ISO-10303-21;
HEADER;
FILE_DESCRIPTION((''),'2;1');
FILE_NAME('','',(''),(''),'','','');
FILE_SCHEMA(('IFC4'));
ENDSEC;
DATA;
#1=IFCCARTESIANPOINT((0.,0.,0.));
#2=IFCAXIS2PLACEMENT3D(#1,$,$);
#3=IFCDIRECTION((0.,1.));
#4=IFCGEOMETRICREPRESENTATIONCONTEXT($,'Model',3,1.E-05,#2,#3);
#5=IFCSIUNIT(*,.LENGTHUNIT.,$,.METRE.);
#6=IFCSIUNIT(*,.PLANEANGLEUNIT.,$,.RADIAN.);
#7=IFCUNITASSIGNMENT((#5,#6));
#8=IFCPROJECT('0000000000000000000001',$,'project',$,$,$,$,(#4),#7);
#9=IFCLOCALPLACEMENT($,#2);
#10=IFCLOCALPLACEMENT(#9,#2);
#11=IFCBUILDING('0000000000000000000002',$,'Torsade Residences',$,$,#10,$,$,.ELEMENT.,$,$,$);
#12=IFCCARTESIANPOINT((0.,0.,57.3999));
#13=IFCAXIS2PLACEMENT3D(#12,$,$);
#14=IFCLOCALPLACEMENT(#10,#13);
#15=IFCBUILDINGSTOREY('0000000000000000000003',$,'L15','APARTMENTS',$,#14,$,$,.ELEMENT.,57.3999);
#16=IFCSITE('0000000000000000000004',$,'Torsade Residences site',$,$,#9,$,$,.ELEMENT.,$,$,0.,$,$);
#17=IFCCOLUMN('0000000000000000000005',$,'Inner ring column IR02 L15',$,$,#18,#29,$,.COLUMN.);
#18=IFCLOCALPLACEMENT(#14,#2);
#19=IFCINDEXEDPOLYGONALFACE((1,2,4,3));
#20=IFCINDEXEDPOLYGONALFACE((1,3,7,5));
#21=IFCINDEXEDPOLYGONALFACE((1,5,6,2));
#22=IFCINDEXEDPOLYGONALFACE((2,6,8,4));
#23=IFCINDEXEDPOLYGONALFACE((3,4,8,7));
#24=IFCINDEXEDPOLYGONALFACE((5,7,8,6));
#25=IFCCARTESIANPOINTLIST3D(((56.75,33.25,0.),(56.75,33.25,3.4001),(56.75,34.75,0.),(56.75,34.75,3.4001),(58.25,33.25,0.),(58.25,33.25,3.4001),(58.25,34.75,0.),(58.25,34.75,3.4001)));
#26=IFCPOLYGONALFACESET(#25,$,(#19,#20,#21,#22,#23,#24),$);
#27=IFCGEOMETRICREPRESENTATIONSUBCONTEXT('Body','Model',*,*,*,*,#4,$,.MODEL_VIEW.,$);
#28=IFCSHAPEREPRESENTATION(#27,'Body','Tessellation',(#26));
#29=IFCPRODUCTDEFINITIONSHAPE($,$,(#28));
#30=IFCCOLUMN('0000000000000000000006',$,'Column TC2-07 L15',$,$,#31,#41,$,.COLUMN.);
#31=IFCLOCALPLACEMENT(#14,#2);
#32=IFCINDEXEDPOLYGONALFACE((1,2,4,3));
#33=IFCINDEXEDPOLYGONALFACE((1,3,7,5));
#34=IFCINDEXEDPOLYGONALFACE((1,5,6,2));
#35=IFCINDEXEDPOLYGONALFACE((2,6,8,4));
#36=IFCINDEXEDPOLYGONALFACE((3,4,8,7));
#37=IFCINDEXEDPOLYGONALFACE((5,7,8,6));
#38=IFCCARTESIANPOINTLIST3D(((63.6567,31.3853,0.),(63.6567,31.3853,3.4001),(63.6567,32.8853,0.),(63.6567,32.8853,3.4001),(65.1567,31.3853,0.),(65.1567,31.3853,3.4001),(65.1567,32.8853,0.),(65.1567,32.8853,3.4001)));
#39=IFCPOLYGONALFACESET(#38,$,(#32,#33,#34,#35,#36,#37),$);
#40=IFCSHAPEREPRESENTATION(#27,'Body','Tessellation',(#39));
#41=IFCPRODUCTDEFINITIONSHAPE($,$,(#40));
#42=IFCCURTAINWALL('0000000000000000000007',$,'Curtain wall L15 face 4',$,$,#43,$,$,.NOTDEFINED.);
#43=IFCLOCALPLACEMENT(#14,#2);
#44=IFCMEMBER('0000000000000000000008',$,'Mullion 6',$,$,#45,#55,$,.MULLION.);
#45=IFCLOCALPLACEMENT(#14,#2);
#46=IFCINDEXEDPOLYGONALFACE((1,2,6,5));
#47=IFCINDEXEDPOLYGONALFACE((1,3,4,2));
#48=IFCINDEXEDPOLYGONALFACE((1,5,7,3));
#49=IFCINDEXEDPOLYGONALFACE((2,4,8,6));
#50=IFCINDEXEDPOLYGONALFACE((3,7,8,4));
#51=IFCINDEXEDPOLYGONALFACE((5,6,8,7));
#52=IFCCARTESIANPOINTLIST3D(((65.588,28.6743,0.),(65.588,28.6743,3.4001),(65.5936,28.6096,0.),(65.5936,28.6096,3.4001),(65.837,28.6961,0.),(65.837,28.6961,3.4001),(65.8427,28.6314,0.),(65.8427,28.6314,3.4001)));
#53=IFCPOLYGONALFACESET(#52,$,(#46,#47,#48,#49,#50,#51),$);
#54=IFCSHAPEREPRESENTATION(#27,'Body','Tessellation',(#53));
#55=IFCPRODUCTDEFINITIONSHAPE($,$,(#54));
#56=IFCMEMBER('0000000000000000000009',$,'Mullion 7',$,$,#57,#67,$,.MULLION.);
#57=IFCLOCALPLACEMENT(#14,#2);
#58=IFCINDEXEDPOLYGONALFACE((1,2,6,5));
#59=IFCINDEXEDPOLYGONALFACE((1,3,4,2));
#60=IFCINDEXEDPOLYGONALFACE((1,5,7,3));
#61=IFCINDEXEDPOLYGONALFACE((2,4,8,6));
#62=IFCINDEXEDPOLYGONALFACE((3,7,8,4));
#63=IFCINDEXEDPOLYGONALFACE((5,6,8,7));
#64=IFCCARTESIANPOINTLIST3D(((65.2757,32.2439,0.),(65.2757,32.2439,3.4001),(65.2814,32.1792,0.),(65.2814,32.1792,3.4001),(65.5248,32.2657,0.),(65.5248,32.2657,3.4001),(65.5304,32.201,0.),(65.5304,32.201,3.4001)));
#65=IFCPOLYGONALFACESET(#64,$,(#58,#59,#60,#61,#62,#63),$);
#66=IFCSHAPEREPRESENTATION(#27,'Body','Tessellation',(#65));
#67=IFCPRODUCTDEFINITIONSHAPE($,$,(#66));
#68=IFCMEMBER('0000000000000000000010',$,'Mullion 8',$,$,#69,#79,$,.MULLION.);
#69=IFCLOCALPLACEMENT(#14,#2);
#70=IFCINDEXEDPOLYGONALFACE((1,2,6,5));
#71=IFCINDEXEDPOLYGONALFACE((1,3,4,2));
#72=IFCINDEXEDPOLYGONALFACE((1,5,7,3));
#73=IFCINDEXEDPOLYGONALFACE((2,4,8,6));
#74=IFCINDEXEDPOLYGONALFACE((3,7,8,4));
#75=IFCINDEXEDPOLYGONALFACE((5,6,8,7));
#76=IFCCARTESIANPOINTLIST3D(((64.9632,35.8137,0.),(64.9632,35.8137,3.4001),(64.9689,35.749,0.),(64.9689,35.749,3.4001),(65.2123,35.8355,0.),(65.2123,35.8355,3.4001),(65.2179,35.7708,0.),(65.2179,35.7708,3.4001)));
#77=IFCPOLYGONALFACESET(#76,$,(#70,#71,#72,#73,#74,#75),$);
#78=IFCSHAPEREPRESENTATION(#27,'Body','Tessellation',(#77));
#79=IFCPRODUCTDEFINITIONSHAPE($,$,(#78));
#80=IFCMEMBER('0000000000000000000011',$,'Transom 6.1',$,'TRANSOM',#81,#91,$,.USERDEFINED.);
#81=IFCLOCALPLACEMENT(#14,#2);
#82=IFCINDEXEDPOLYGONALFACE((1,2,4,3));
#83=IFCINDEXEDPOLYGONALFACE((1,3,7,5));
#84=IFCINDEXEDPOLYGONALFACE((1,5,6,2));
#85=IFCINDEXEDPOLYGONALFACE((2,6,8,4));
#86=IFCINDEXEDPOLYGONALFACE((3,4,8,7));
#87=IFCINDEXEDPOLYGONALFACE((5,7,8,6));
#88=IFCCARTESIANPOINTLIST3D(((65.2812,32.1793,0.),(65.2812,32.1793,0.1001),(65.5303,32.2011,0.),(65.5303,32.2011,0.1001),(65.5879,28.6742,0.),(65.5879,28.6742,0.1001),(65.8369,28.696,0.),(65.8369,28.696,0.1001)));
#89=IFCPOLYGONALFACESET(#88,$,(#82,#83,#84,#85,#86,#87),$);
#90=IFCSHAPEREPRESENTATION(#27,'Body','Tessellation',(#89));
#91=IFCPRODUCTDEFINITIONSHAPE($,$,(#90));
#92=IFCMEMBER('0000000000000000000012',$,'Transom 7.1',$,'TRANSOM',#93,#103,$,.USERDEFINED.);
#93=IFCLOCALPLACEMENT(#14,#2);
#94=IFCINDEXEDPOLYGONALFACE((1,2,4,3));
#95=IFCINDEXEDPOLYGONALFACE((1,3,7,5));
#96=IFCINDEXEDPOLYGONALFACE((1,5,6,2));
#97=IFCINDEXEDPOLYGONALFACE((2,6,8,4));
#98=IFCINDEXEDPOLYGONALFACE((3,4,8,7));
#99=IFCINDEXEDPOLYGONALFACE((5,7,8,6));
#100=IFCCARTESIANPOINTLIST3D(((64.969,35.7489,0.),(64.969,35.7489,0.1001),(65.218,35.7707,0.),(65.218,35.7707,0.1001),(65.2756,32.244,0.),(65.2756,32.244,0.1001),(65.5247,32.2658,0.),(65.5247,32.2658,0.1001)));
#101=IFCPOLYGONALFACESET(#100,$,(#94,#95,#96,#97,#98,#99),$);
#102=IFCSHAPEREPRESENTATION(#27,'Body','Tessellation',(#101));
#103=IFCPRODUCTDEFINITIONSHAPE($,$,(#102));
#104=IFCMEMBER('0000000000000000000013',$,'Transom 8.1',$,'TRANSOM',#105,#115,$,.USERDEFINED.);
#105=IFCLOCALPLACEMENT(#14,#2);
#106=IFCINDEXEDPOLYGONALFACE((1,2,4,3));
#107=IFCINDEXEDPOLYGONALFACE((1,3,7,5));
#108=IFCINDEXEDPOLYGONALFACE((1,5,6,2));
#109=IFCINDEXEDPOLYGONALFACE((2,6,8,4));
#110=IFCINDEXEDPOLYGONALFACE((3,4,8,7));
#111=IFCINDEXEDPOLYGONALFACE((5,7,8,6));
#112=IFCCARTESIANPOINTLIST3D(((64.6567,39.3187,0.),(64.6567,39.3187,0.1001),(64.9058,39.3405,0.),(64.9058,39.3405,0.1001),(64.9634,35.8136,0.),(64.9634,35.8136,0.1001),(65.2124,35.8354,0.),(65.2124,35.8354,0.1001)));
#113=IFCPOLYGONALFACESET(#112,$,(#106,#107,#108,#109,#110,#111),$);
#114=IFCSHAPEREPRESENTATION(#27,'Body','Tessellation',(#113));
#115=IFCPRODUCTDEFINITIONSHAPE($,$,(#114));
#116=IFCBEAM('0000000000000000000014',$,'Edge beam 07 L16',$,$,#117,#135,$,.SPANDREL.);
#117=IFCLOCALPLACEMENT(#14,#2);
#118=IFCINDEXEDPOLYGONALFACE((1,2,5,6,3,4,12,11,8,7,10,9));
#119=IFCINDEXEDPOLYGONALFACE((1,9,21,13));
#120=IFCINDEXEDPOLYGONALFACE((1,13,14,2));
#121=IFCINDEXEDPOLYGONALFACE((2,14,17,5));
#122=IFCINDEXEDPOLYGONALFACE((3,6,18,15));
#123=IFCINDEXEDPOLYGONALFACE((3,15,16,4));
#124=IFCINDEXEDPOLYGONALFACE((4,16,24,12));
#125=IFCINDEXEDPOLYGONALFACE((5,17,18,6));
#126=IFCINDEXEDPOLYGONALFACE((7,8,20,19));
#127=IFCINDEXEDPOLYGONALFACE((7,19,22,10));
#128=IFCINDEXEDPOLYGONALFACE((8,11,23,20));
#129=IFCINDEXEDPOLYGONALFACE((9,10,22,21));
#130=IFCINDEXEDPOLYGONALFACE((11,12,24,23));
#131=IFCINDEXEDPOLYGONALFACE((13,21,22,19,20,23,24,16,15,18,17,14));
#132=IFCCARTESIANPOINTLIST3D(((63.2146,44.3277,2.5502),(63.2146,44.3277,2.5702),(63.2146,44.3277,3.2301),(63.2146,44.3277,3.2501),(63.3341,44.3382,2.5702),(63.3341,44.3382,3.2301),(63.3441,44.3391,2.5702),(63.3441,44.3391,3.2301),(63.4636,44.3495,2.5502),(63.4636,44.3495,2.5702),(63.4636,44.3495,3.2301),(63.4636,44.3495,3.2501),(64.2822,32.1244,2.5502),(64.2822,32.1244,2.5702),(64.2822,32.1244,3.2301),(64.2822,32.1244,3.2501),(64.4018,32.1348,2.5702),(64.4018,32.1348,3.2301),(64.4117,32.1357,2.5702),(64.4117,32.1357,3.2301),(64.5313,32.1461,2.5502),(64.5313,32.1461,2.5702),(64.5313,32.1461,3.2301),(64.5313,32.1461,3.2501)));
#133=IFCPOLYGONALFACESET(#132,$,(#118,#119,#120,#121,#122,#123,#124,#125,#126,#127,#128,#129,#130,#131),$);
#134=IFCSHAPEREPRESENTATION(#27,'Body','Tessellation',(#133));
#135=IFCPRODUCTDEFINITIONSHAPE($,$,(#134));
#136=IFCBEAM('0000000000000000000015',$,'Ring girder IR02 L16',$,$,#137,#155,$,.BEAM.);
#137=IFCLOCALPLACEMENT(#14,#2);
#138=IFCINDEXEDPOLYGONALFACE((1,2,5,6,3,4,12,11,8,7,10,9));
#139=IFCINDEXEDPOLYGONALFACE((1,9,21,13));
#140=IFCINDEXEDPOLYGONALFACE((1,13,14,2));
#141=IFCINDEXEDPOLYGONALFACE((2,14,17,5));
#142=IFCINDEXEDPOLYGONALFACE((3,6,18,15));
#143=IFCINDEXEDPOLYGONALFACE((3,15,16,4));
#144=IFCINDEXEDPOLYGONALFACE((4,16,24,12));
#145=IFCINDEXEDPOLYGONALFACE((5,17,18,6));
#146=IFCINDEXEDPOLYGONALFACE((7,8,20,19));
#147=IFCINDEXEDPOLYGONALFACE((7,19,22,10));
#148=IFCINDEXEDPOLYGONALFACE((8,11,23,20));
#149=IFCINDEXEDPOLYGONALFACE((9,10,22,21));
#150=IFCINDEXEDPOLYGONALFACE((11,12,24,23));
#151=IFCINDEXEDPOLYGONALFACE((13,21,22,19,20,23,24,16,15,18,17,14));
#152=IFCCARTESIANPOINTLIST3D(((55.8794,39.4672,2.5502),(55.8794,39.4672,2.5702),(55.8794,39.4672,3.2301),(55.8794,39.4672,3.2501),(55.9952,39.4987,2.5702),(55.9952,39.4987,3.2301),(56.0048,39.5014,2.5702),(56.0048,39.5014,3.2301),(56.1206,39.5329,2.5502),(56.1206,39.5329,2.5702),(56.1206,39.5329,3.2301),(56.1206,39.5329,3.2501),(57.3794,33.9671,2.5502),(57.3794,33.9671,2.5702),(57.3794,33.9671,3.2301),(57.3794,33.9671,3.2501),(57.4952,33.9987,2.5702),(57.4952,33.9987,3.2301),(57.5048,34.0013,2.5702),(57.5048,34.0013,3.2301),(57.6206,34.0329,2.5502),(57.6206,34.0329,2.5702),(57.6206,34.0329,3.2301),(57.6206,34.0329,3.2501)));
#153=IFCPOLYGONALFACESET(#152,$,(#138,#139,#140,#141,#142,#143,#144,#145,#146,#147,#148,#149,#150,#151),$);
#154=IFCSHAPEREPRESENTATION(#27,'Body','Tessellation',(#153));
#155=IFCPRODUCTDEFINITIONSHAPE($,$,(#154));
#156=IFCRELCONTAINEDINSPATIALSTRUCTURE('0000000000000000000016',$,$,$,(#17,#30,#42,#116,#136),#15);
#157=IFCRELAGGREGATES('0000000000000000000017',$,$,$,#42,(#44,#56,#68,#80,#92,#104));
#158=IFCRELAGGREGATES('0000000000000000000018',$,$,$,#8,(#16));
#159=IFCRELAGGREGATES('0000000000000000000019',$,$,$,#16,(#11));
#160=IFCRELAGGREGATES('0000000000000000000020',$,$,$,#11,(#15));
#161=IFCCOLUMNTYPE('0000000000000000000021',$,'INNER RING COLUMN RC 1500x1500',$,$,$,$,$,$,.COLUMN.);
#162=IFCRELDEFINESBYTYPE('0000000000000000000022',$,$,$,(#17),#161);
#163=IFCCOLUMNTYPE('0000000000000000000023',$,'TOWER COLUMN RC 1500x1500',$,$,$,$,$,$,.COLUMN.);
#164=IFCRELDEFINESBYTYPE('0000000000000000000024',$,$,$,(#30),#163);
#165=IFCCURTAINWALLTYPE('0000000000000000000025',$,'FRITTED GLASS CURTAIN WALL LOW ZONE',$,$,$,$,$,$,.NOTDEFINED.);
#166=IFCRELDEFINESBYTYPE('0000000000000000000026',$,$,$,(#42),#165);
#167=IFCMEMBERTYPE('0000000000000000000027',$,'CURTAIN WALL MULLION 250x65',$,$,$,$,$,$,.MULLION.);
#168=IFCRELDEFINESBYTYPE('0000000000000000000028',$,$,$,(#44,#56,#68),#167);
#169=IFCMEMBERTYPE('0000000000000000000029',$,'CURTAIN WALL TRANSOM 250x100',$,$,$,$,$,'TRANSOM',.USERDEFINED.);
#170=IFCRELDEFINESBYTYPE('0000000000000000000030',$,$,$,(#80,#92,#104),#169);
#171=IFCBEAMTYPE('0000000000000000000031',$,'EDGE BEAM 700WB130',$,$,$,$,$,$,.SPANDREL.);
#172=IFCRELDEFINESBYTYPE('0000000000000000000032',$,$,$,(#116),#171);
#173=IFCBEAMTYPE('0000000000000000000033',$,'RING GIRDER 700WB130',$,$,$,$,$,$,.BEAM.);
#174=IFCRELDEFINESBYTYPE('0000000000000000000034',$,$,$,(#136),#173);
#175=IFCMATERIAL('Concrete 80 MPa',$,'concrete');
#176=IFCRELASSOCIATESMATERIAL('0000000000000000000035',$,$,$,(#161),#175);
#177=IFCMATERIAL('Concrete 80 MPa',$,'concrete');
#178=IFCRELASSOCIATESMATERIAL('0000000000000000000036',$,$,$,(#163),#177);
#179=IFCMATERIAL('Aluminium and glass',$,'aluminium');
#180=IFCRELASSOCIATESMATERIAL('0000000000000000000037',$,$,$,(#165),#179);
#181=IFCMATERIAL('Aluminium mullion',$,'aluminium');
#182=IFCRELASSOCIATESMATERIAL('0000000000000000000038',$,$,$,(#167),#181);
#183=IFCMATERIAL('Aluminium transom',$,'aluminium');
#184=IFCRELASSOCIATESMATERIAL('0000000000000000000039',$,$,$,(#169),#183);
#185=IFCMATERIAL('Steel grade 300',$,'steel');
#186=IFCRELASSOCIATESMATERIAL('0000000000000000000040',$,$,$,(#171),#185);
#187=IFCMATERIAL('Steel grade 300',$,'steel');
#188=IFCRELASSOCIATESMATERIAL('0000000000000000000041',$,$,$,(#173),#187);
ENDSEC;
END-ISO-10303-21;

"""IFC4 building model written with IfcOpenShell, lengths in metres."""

from ifc_helpers import new_model, si_unit, direction, frame, origin, origin_2d, place, context, subcontext, project, spatial, rectangle, i_section, extrude, material, material_profile, profile_set, type_object, element, aggregate, save


model = new_model("IFC4")

# Units and contexts
model_context = context("Model", 3, precision=1e-05, world=origin(), true_north=direction((0.0, 1.0)))
body_context = subcontext(model_context, "Body", "Model", "MODEL_VIEW")
ifc_project = project(units=[si_unit("LENGTHUNIT", "METRE"), si_unit("PLANEANGLEUNIT", "RADIAN")], contexts=[model_context])

# Site, building, storey
site_placement = place(None, origin())
site = spatial("IfcSite", under=ifc_project, at=site_placement, Name="Torsade Residences site", CompositionType="ELEMENT", RefElevation=0.0)
building_placement = place(site_placement, origin())
building = spatial("IfcBuilding", under=site, at=building_placement, Name="Torsade Residences", CompositionType="ELEMENT")
storey_placement = place(building_placement, frame((0.0, 0.0, 57.3999)))
storey = spatial("IfcBuildingStorey", under=building, at=storey_placement, Name="L15", Description="APARTMENTS", CompositionType="ELEMENT", Elevation=57.3999)

# Columns
ifc_material_1 = material(Name="Concrete 80 MPa", Category="concrete")
ifc_material_profile_1 = material_profile(ifc_material_1, rectangle(XDim=1.5, YDim=1.5, at=origin_2d()), Name="RC 1500x1500")
ifc_profile_set_1 = profile_set([ifc_material_profile_1], Name="Concrete 80 MPa")
column_type_1 = type_object("IfcColumnType", Name="INNER RING COLUMN RC 1500x1500", PredefinedType="COLUMN", material=ifc_profile_set_1)
column_1_placement = place(storey_placement, frame((57.5, 34.0, 0.0), z_axis=(0.0, 0.0, 1.0), x_axis=(1.0, 0.0, 0.0)))
element("IfcColumn", 1, at=column_1_placement, inside=storey, type_object=column_type_1, Name="Inner ring column IR02 L15", PredefinedType="COLUMN", context=body_context, shape_type="SweptSolid", body=[
    extrude(rectangle(XDim=1.5, YDim=1.5, at=origin_2d()), origin(), (0.0, 0.0, 1.0), 3.4001),
])
ifc_material_2 = material(Name="Concrete 80 MPa", Category="concrete")
ifc_material_profile_2 = material_profile(ifc_material_2, rectangle(XDim=1.5, YDim=1.5, at=origin_2d()), Name="RC 1500x1500")
ifc_profile_set_2 = profile_set([ifc_material_profile_2], Name="Concrete 80 MPa")
column_type_2 = type_object("IfcColumnType", Name="TOWER COLUMN RC 1500x1500", PredefinedType="COLUMN", material=ifc_profile_set_2)
column_2_placement = place(storey_placement, frame((64.4067, 32.1353, 0.0), z_axis=(0.0, 0.0, 1.0), x_axis=(1.0, 0.0, 0.0)))
element("IfcColumn", 2, at=column_2_placement, inside=storey, type_object=column_type_2, Name="Column TC2-07 L15", PredefinedType="COLUMN", context=body_context, shape_type="SweptSolid", body=[
    extrude(rectangle(XDim=1.5, YDim=1.5, at=origin_2d()), origin(), (0.0, 0.0, 1.0), 3.4001),
])

# Curtain wall, members
ifc_material_3 = material(Name="Aluminium and glass", Category="aluminium")
curtain_wall_type = type_object("IfcCurtainWallType", Name="FRITTED GLASS CURTAIN WALL LOW ZONE", PredefinedType="NOTDEFINED", material=ifc_material_3)
curtain_wall_placement = place(storey_placement, origin())
curtain_wall = element("IfcCurtainWall", 3, at=curtain_wall_placement, inside=storey, type_object=curtain_wall_type, Name="Curtain wall L15 face 4", PredefinedType="NOTDEFINED")
ifc_material_4 = material(Name="Aluminium mullion", Category="aluminium")
ifc_material_profile_3 = material_profile(ifc_material_4, rectangle(XDim=0.25, YDim=0.0649, at=origin_2d()), Name="CURTAIN WALL MULLION 250x65")
ifc_profile_set_3 = profile_set([ifc_material_profile_3], Name="Aluminium mullion")
member_type_1 = type_object("IfcMemberType", Name="CURTAIN WALL MULLION 250x65", PredefinedType="MULLION", material=ifc_profile_set_3)
member_1_placement = place(storey_placement, frame((65.7153, 28.6528, 0.0), z_axis=(0.0, 0.0, 1.0), x_axis=(-0.996195, -0.087156, 0.0)))
member_1 = element("IfcMember", 4, at=member_1_placement, type_object=member_type_1, Name="Mullion 6", PredefinedType="MULLION", context=body_context, shape_type="SweptSolid", body=[
    extrude(rectangle(XDim=0.25, YDim=0.0649, at=origin_2d()), origin(), (0.0, 0.0, 1.0), 3.4001),
])
member_2_placement = place(storey_placement, frame((65.4031, 32.2224, 0.0), z_axis=(0.0, 0.0, 1.0), x_axis=(-0.996195, -0.087156, 0.0)))
member_2 = element("IfcMember", 5, at=member_2_placement, type_object=member_type_1, Name="Mullion 7", PredefinedType="MULLION", context=body_context, shape_type="SweptSolid", body=[
    extrude(rectangle(XDim=0.25, YDim=0.0649, at=origin_2d()), origin(), (0.0, 0.0, 1.0), 3.4001),
])
member_3_placement = place(storey_placement, frame((65.0906, 35.7922, 0.0), z_axis=(0.0, 0.0, 1.0), x_axis=(-0.996195, -0.087156, 0.0)))
member_3 = element("IfcMember", 6, at=member_3_placement, type_object=member_type_1, Name="Mullion 8", PredefinedType="MULLION", context=body_context, shape_type="SweptSolid", body=[
    extrude(rectangle(XDim=0.25, YDim=0.0649, at=origin_2d()), origin(), (0.0, 0.0, 1.0), 3.4001),
])
ifc_material_5 = material(Name="Aluminium transom", Category="aluminium")
ifc_material_profile_4 = material_profile(ifc_material_5, rectangle(XDim=0.25, YDim=0.1001, at=origin_2d()), Name="CURTAIN WALL TRANSOM 250x100")
ifc_profile_set_4 = profile_set([ifc_material_profile_4], Name="Aluminium transom")
member_type_2 = type_object("IfcMemberType", Name="CURTAIN WALL TRANSOM 250x100", ElementType="TRANSOM", PredefinedType="USERDEFINED", material=ifc_profile_set_4)
member_4_placement = place(storey_placement, frame((65.7124, 28.6851, 0.05), z_axis=(-0.087151, 0.996195, 0.0), x_axis=(-0.996195, -0.087151, 0.0)))
member_4 = element("IfcMember", 7, at=member_4_placement, type_object=member_type_2, Name="Transom 6.1", ObjectType="TRANSOM", PredefinedType="USERDEFINED", context=body_context, shape_type="SweptSolid", body=[
    extrude(rectangle(XDim=0.25, YDim=0.1001, at=origin_2d()), origin(), (0.0, 0.0, 1.0), 3.5186),
])
member_5_placement = place(storey_placement, frame((65.4001, 32.2549, 0.05), z_axis=(-0.087157, 0.996195, 0.0), x_axis=(-0.996195, -0.087157, 0.0)))
member_5 = element("IfcMember", 8, at=member_5_placement, type_object=member_type_2, Name="Transom 7.1", ObjectType="TRANSOM", PredefinedType="USERDEFINED", context=body_context, shape_type="SweptSolid", body=[
    extrude(rectangle(XDim=0.25, YDim=0.1001, at=origin_2d()), origin(), (0.0, 0.0, 1.0), 3.5183),
])
member_6_placement = place(storey_placement, frame((65.0879, 35.8245, 0.05), z_axis=(-0.087151, 0.996195, 0.0), x_axis=(-0.996195, -0.087151, 0.0)))
member_6 = element("IfcMember", 9, at=member_6_placement, type_object=member_type_2, Name="Transom 8.1", ObjectType="TRANSOM", PredefinedType="USERDEFINED", context=body_context, shape_type="SweptSolid", body=[
    extrude(rectangle(XDim=0.25, YDim=0.1001, at=origin_2d()), origin(), (0.0, 0.0, 1.0), 3.5186),
])

# Beams
ifc_material_6 = material(Name="Steel grade 300", Category="steel")
ifc_material_profile_5 = material_profile(ifc_material_6, i_section(OverallWidth=0.25, OverallDepth=0.7, WebThickness=0.01, FlangeThickness=0.02, at=origin_2d()), Name="700WB130")
ifc_profile_set_5 = profile_set([ifc_material_profile_5], Name="Steel grade 300")
beam_type_1 = type_object("IfcBeamType", Name="EDGE BEAM 700WB130", PredefinedType="SPANDREL", material=ifc_profile_set_5)
beam_1_placement = place(storey_placement, frame((64.4067, 32.1353, 2.9001), z_axis=(-0.087153, 0.996195, 0.0), x_axis=(-0.996195, -0.087153, 0.0)))
element("IfcBeam", 10, at=beam_1_placement, inside=storey, type_object=beam_type_1, Name="Edge beam 07 L16", PredefinedType="SPANDREL", context=body_context, shape_type="SweptSolid", body=[
    extrude(i_section(OverallWidth=0.25, OverallDepth=0.7, WebThickness=0.01, FlangeThickness=0.02, at=origin_2d()), origin(), (0.0, 0.0, 1.0), 12.25),
])
ifc_material_7 = material(Name="Steel grade 300", Category="steel")
ifc_material_profile_6 = material_profile(ifc_material_7, i_section(OverallWidth=0.25, OverallDepth=0.7, WebThickness=0.01, FlangeThickness=0.02, at=origin_2d()), Name="700WB130")
ifc_profile_set_6 = profile_set([ifc_material_profile_6], Name="Steel grade 300")
beam_type_2 = type_object("IfcBeamType", Name="RING GIRDER 700WB130", PredefinedType="BEAM", material=ifc_profile_set_6)
beam_2_placement = place(storey_placement, frame((57.5, 34.0, 2.9001), z_axis=(-0.263117, 0.964764, 0.0), x_axis=(-0.964764, -0.263117, 0.0)))
element("IfcBeam", 11, at=beam_2_placement, inside=storey, type_object=beam_type_2, Name="Ring girder IR02 L16", PredefinedType="BEAM", context=body_context, shape_type="SweptSolid", body=[
    extrude(i_section(OverallWidth=0.25, OverallDepth=0.7, WebThickness=0.01, FlangeThickness=0.02, at=origin_2d()), origin(), (0.0, 0.0, 1.0), 5.7009),
])

aggregate(curtain_wall, [member_1, member_2, member_3, member_4, member_5, member_6])

save(model, "model.ifc")
